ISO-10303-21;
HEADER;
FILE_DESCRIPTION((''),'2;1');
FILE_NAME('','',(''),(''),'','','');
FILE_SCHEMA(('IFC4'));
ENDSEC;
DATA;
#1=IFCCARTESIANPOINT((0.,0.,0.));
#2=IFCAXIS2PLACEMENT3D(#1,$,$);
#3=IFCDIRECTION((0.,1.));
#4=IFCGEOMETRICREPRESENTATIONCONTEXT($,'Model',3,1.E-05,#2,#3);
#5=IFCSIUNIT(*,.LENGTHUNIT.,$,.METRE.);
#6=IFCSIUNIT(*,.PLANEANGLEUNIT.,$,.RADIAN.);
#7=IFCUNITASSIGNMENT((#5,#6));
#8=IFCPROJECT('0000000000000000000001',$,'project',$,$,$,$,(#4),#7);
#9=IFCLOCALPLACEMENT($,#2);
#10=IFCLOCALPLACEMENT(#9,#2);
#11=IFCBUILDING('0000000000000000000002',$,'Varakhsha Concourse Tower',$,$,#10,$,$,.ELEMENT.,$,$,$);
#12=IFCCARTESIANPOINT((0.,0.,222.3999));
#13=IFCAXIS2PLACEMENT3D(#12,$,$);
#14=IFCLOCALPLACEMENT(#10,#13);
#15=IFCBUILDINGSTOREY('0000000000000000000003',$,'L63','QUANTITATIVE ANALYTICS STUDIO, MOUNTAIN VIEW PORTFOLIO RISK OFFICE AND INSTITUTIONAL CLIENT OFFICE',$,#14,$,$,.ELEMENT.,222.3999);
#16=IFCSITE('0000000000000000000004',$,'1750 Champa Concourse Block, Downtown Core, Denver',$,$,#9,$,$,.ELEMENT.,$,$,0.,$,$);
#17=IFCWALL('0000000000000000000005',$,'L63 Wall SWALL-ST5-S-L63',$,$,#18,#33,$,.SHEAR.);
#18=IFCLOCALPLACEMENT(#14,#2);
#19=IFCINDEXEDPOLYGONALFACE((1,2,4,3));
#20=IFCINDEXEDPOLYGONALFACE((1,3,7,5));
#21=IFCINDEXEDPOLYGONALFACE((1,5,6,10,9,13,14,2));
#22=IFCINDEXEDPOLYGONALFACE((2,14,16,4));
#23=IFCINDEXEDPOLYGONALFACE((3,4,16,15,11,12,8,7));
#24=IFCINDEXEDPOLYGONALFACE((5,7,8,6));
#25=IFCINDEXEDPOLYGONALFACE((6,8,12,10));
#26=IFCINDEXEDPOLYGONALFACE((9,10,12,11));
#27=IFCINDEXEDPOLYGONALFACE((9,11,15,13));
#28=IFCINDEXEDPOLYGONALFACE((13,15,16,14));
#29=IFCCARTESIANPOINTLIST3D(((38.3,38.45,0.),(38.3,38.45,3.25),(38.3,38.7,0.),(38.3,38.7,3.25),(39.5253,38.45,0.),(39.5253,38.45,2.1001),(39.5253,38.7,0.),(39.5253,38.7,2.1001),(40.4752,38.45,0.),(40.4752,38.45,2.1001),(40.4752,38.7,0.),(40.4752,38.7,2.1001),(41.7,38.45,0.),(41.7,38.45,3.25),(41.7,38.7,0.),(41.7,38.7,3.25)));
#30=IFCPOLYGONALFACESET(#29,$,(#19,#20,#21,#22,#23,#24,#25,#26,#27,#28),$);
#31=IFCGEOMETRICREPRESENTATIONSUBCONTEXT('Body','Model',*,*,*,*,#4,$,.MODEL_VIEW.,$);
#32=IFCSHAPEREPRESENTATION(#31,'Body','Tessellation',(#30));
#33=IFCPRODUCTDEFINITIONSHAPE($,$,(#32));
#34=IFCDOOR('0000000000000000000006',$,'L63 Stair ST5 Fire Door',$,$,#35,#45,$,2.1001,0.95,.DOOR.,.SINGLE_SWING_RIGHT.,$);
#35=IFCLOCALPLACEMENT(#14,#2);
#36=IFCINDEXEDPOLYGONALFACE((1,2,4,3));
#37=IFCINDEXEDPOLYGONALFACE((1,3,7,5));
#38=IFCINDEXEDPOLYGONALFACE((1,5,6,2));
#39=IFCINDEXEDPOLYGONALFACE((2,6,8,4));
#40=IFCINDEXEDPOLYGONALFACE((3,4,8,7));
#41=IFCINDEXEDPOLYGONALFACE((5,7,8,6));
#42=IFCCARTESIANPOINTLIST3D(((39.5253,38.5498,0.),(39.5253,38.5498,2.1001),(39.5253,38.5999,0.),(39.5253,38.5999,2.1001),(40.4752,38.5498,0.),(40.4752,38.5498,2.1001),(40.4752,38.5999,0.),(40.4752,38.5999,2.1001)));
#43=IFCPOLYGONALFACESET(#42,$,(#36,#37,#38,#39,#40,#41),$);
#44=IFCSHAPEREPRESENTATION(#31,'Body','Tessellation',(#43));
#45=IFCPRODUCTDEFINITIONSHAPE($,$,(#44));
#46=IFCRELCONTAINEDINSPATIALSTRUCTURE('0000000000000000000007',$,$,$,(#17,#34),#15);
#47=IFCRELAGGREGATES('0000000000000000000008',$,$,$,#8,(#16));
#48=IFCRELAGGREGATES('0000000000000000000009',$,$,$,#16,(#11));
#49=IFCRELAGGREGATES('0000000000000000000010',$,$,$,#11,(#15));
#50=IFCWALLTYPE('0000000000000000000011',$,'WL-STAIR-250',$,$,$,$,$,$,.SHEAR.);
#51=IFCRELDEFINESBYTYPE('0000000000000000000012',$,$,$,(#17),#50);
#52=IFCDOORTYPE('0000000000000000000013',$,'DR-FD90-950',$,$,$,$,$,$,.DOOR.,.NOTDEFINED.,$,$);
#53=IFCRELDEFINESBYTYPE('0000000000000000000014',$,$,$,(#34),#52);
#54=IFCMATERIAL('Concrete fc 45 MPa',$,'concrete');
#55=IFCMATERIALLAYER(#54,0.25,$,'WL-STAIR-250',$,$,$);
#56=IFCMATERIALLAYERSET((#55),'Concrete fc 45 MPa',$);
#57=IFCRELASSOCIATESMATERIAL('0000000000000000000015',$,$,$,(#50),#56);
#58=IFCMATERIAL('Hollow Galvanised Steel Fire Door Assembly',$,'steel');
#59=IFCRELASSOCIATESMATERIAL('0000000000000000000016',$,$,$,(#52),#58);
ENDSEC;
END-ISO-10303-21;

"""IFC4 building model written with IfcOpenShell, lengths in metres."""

from ifc_helpers import new_model, si_unit, direction, frame, frame_2d, origin, place, context, subcontext, project, spatial, rectangle, extrude, material, layer, layer_set, type_object, element, fill, save


model = new_model("IFC4")

# Units and contexts
model_context = context("Model", 3, precision=1e-05, world=origin(), true_north=direction((0.0, 1.0)))
body_context = subcontext(model_context, "Body", "Model", "MODEL_VIEW")
ifc_project = project(units=[si_unit("LENGTHUNIT", "METRE"), si_unit("PLANEANGLEUNIT", "RADIAN")], contexts=[model_context])

# Site, building, storey
site_placement = place(None, origin())
site = spatial("IfcSite", under=ifc_project, at=site_placement, Name="1750 Champa Concourse Block, Downtown Core, Denver", CompositionType="ELEMENT", RefElevation=0.0)
building_placement = place(site_placement, origin())
building = spatial("IfcBuilding", under=site, at=building_placement, Name="Varakhsha Concourse Tower", CompositionType="ELEMENT")
storey_placement = place(building_placement, frame((0.0, 0.0, 222.3999)))
storey = spatial("IfcBuildingStorey", under=building, at=storey_placement, Name="L63", Description="QUANTITATIVE ANALYTICS STUDIO, MOUNTAIN VIEW PORTFOLIO RISK OFFICE AND INSTITUTIONAL CLIENT OFFICE", CompositionType="ELEMENT", Elevation=222.3999)

# Shared definitions
ifc_material_1 = material(Name="Hollow Galvanised Steel Fire Door Assembly", Category="steel")

# Shared definitions
ifc_material_2 = material(Name="Concrete fc 45 MPa", Category="concrete")
ifc_layer_1 = layer(ifc_material_2, 0.25, Name="WL-STAIR-250")
ifc_layer_set_1 = layer_set([ifc_layer_1], Name="Concrete fc 45 MPa")
wall_type_1 = type_object("IfcWallType", Name="WL-STAIR-250", PredefinedType="SHEAR", material=ifc_layer_set_1)

# Wall, opening, door
wall_1_placement = place(storey_placement, frame((38.3, 38.575, 0.0), z_axis=(0.0, 0.0, 1.0), x_axis=(1.0, 0.0, 0.0)))
wall_1 = element("IfcWall", 1, at=wall_1_placement, inside=storey, type_object=wall_type_1, Name="L63 Wall SWALL-ST5-S-L63", PredefinedType="SHEAR", context=body_context, shape_type="SweptSolid", body=[
    extrude(rectangle(XDim=3.3999, YDim=0.25, at=frame_2d((1.7, 0.0))), origin(), (0.0, 0.0, 1.0), 3.25),
])
opening_1_placement = place(wall_1_placement, frame((1.2251, 0.0, 0.0)))
opening_1 = element("IfcOpeningElement", 2, at=opening_1_placement, cuts=wall_1, PredefinedType="OPENING", context=body_context, shape_type="SweptSolid", body=[
    extrude(rectangle(XDim=0.95, YDim=2.1001, at=frame_2d((0.4751, 1.05))), frame((0.0, 0.135, 0.0), z_axis=(0.0, -1.0, 0.0), x_axis=(1.0, 0.0, 0.0)), (0.0, 0.0, 1.0), 0.27),
])
door_type_1 = type_object("IfcDoorType", Name="DR-FD90-950", OperationType="NOTDEFINED", PredefinedType="DOOR", material=ifc_material_1)
door_1_placement = place(opening_1_placement, origin())
door_1 = element("IfcDoor", 3, at=door_1_placement, inside=storey, type_object=door_type_1, Name="L63 Stair ST5 Fire Door", OperationType="SINGLE_SWING_RIGHT", OverallHeight=2.1001, OverallWidth=0.95, PredefinedType="DOOR", context=body_context, shape_type="SweptSolid", body=[
    extrude(rectangle(XDim=0.95, YDim=2.1001, at=frame_2d((0.4751, 1.05))), frame((0.0, 0.0249, 0.0), z_axis=(0.0, -1.0, 0.0), x_axis=(1.0, 0.0, 0.0)), (0.0, 0.0, 1.0), 0.05),
])
fill(opening_1, door_1)

save(model, "model.ifc")
